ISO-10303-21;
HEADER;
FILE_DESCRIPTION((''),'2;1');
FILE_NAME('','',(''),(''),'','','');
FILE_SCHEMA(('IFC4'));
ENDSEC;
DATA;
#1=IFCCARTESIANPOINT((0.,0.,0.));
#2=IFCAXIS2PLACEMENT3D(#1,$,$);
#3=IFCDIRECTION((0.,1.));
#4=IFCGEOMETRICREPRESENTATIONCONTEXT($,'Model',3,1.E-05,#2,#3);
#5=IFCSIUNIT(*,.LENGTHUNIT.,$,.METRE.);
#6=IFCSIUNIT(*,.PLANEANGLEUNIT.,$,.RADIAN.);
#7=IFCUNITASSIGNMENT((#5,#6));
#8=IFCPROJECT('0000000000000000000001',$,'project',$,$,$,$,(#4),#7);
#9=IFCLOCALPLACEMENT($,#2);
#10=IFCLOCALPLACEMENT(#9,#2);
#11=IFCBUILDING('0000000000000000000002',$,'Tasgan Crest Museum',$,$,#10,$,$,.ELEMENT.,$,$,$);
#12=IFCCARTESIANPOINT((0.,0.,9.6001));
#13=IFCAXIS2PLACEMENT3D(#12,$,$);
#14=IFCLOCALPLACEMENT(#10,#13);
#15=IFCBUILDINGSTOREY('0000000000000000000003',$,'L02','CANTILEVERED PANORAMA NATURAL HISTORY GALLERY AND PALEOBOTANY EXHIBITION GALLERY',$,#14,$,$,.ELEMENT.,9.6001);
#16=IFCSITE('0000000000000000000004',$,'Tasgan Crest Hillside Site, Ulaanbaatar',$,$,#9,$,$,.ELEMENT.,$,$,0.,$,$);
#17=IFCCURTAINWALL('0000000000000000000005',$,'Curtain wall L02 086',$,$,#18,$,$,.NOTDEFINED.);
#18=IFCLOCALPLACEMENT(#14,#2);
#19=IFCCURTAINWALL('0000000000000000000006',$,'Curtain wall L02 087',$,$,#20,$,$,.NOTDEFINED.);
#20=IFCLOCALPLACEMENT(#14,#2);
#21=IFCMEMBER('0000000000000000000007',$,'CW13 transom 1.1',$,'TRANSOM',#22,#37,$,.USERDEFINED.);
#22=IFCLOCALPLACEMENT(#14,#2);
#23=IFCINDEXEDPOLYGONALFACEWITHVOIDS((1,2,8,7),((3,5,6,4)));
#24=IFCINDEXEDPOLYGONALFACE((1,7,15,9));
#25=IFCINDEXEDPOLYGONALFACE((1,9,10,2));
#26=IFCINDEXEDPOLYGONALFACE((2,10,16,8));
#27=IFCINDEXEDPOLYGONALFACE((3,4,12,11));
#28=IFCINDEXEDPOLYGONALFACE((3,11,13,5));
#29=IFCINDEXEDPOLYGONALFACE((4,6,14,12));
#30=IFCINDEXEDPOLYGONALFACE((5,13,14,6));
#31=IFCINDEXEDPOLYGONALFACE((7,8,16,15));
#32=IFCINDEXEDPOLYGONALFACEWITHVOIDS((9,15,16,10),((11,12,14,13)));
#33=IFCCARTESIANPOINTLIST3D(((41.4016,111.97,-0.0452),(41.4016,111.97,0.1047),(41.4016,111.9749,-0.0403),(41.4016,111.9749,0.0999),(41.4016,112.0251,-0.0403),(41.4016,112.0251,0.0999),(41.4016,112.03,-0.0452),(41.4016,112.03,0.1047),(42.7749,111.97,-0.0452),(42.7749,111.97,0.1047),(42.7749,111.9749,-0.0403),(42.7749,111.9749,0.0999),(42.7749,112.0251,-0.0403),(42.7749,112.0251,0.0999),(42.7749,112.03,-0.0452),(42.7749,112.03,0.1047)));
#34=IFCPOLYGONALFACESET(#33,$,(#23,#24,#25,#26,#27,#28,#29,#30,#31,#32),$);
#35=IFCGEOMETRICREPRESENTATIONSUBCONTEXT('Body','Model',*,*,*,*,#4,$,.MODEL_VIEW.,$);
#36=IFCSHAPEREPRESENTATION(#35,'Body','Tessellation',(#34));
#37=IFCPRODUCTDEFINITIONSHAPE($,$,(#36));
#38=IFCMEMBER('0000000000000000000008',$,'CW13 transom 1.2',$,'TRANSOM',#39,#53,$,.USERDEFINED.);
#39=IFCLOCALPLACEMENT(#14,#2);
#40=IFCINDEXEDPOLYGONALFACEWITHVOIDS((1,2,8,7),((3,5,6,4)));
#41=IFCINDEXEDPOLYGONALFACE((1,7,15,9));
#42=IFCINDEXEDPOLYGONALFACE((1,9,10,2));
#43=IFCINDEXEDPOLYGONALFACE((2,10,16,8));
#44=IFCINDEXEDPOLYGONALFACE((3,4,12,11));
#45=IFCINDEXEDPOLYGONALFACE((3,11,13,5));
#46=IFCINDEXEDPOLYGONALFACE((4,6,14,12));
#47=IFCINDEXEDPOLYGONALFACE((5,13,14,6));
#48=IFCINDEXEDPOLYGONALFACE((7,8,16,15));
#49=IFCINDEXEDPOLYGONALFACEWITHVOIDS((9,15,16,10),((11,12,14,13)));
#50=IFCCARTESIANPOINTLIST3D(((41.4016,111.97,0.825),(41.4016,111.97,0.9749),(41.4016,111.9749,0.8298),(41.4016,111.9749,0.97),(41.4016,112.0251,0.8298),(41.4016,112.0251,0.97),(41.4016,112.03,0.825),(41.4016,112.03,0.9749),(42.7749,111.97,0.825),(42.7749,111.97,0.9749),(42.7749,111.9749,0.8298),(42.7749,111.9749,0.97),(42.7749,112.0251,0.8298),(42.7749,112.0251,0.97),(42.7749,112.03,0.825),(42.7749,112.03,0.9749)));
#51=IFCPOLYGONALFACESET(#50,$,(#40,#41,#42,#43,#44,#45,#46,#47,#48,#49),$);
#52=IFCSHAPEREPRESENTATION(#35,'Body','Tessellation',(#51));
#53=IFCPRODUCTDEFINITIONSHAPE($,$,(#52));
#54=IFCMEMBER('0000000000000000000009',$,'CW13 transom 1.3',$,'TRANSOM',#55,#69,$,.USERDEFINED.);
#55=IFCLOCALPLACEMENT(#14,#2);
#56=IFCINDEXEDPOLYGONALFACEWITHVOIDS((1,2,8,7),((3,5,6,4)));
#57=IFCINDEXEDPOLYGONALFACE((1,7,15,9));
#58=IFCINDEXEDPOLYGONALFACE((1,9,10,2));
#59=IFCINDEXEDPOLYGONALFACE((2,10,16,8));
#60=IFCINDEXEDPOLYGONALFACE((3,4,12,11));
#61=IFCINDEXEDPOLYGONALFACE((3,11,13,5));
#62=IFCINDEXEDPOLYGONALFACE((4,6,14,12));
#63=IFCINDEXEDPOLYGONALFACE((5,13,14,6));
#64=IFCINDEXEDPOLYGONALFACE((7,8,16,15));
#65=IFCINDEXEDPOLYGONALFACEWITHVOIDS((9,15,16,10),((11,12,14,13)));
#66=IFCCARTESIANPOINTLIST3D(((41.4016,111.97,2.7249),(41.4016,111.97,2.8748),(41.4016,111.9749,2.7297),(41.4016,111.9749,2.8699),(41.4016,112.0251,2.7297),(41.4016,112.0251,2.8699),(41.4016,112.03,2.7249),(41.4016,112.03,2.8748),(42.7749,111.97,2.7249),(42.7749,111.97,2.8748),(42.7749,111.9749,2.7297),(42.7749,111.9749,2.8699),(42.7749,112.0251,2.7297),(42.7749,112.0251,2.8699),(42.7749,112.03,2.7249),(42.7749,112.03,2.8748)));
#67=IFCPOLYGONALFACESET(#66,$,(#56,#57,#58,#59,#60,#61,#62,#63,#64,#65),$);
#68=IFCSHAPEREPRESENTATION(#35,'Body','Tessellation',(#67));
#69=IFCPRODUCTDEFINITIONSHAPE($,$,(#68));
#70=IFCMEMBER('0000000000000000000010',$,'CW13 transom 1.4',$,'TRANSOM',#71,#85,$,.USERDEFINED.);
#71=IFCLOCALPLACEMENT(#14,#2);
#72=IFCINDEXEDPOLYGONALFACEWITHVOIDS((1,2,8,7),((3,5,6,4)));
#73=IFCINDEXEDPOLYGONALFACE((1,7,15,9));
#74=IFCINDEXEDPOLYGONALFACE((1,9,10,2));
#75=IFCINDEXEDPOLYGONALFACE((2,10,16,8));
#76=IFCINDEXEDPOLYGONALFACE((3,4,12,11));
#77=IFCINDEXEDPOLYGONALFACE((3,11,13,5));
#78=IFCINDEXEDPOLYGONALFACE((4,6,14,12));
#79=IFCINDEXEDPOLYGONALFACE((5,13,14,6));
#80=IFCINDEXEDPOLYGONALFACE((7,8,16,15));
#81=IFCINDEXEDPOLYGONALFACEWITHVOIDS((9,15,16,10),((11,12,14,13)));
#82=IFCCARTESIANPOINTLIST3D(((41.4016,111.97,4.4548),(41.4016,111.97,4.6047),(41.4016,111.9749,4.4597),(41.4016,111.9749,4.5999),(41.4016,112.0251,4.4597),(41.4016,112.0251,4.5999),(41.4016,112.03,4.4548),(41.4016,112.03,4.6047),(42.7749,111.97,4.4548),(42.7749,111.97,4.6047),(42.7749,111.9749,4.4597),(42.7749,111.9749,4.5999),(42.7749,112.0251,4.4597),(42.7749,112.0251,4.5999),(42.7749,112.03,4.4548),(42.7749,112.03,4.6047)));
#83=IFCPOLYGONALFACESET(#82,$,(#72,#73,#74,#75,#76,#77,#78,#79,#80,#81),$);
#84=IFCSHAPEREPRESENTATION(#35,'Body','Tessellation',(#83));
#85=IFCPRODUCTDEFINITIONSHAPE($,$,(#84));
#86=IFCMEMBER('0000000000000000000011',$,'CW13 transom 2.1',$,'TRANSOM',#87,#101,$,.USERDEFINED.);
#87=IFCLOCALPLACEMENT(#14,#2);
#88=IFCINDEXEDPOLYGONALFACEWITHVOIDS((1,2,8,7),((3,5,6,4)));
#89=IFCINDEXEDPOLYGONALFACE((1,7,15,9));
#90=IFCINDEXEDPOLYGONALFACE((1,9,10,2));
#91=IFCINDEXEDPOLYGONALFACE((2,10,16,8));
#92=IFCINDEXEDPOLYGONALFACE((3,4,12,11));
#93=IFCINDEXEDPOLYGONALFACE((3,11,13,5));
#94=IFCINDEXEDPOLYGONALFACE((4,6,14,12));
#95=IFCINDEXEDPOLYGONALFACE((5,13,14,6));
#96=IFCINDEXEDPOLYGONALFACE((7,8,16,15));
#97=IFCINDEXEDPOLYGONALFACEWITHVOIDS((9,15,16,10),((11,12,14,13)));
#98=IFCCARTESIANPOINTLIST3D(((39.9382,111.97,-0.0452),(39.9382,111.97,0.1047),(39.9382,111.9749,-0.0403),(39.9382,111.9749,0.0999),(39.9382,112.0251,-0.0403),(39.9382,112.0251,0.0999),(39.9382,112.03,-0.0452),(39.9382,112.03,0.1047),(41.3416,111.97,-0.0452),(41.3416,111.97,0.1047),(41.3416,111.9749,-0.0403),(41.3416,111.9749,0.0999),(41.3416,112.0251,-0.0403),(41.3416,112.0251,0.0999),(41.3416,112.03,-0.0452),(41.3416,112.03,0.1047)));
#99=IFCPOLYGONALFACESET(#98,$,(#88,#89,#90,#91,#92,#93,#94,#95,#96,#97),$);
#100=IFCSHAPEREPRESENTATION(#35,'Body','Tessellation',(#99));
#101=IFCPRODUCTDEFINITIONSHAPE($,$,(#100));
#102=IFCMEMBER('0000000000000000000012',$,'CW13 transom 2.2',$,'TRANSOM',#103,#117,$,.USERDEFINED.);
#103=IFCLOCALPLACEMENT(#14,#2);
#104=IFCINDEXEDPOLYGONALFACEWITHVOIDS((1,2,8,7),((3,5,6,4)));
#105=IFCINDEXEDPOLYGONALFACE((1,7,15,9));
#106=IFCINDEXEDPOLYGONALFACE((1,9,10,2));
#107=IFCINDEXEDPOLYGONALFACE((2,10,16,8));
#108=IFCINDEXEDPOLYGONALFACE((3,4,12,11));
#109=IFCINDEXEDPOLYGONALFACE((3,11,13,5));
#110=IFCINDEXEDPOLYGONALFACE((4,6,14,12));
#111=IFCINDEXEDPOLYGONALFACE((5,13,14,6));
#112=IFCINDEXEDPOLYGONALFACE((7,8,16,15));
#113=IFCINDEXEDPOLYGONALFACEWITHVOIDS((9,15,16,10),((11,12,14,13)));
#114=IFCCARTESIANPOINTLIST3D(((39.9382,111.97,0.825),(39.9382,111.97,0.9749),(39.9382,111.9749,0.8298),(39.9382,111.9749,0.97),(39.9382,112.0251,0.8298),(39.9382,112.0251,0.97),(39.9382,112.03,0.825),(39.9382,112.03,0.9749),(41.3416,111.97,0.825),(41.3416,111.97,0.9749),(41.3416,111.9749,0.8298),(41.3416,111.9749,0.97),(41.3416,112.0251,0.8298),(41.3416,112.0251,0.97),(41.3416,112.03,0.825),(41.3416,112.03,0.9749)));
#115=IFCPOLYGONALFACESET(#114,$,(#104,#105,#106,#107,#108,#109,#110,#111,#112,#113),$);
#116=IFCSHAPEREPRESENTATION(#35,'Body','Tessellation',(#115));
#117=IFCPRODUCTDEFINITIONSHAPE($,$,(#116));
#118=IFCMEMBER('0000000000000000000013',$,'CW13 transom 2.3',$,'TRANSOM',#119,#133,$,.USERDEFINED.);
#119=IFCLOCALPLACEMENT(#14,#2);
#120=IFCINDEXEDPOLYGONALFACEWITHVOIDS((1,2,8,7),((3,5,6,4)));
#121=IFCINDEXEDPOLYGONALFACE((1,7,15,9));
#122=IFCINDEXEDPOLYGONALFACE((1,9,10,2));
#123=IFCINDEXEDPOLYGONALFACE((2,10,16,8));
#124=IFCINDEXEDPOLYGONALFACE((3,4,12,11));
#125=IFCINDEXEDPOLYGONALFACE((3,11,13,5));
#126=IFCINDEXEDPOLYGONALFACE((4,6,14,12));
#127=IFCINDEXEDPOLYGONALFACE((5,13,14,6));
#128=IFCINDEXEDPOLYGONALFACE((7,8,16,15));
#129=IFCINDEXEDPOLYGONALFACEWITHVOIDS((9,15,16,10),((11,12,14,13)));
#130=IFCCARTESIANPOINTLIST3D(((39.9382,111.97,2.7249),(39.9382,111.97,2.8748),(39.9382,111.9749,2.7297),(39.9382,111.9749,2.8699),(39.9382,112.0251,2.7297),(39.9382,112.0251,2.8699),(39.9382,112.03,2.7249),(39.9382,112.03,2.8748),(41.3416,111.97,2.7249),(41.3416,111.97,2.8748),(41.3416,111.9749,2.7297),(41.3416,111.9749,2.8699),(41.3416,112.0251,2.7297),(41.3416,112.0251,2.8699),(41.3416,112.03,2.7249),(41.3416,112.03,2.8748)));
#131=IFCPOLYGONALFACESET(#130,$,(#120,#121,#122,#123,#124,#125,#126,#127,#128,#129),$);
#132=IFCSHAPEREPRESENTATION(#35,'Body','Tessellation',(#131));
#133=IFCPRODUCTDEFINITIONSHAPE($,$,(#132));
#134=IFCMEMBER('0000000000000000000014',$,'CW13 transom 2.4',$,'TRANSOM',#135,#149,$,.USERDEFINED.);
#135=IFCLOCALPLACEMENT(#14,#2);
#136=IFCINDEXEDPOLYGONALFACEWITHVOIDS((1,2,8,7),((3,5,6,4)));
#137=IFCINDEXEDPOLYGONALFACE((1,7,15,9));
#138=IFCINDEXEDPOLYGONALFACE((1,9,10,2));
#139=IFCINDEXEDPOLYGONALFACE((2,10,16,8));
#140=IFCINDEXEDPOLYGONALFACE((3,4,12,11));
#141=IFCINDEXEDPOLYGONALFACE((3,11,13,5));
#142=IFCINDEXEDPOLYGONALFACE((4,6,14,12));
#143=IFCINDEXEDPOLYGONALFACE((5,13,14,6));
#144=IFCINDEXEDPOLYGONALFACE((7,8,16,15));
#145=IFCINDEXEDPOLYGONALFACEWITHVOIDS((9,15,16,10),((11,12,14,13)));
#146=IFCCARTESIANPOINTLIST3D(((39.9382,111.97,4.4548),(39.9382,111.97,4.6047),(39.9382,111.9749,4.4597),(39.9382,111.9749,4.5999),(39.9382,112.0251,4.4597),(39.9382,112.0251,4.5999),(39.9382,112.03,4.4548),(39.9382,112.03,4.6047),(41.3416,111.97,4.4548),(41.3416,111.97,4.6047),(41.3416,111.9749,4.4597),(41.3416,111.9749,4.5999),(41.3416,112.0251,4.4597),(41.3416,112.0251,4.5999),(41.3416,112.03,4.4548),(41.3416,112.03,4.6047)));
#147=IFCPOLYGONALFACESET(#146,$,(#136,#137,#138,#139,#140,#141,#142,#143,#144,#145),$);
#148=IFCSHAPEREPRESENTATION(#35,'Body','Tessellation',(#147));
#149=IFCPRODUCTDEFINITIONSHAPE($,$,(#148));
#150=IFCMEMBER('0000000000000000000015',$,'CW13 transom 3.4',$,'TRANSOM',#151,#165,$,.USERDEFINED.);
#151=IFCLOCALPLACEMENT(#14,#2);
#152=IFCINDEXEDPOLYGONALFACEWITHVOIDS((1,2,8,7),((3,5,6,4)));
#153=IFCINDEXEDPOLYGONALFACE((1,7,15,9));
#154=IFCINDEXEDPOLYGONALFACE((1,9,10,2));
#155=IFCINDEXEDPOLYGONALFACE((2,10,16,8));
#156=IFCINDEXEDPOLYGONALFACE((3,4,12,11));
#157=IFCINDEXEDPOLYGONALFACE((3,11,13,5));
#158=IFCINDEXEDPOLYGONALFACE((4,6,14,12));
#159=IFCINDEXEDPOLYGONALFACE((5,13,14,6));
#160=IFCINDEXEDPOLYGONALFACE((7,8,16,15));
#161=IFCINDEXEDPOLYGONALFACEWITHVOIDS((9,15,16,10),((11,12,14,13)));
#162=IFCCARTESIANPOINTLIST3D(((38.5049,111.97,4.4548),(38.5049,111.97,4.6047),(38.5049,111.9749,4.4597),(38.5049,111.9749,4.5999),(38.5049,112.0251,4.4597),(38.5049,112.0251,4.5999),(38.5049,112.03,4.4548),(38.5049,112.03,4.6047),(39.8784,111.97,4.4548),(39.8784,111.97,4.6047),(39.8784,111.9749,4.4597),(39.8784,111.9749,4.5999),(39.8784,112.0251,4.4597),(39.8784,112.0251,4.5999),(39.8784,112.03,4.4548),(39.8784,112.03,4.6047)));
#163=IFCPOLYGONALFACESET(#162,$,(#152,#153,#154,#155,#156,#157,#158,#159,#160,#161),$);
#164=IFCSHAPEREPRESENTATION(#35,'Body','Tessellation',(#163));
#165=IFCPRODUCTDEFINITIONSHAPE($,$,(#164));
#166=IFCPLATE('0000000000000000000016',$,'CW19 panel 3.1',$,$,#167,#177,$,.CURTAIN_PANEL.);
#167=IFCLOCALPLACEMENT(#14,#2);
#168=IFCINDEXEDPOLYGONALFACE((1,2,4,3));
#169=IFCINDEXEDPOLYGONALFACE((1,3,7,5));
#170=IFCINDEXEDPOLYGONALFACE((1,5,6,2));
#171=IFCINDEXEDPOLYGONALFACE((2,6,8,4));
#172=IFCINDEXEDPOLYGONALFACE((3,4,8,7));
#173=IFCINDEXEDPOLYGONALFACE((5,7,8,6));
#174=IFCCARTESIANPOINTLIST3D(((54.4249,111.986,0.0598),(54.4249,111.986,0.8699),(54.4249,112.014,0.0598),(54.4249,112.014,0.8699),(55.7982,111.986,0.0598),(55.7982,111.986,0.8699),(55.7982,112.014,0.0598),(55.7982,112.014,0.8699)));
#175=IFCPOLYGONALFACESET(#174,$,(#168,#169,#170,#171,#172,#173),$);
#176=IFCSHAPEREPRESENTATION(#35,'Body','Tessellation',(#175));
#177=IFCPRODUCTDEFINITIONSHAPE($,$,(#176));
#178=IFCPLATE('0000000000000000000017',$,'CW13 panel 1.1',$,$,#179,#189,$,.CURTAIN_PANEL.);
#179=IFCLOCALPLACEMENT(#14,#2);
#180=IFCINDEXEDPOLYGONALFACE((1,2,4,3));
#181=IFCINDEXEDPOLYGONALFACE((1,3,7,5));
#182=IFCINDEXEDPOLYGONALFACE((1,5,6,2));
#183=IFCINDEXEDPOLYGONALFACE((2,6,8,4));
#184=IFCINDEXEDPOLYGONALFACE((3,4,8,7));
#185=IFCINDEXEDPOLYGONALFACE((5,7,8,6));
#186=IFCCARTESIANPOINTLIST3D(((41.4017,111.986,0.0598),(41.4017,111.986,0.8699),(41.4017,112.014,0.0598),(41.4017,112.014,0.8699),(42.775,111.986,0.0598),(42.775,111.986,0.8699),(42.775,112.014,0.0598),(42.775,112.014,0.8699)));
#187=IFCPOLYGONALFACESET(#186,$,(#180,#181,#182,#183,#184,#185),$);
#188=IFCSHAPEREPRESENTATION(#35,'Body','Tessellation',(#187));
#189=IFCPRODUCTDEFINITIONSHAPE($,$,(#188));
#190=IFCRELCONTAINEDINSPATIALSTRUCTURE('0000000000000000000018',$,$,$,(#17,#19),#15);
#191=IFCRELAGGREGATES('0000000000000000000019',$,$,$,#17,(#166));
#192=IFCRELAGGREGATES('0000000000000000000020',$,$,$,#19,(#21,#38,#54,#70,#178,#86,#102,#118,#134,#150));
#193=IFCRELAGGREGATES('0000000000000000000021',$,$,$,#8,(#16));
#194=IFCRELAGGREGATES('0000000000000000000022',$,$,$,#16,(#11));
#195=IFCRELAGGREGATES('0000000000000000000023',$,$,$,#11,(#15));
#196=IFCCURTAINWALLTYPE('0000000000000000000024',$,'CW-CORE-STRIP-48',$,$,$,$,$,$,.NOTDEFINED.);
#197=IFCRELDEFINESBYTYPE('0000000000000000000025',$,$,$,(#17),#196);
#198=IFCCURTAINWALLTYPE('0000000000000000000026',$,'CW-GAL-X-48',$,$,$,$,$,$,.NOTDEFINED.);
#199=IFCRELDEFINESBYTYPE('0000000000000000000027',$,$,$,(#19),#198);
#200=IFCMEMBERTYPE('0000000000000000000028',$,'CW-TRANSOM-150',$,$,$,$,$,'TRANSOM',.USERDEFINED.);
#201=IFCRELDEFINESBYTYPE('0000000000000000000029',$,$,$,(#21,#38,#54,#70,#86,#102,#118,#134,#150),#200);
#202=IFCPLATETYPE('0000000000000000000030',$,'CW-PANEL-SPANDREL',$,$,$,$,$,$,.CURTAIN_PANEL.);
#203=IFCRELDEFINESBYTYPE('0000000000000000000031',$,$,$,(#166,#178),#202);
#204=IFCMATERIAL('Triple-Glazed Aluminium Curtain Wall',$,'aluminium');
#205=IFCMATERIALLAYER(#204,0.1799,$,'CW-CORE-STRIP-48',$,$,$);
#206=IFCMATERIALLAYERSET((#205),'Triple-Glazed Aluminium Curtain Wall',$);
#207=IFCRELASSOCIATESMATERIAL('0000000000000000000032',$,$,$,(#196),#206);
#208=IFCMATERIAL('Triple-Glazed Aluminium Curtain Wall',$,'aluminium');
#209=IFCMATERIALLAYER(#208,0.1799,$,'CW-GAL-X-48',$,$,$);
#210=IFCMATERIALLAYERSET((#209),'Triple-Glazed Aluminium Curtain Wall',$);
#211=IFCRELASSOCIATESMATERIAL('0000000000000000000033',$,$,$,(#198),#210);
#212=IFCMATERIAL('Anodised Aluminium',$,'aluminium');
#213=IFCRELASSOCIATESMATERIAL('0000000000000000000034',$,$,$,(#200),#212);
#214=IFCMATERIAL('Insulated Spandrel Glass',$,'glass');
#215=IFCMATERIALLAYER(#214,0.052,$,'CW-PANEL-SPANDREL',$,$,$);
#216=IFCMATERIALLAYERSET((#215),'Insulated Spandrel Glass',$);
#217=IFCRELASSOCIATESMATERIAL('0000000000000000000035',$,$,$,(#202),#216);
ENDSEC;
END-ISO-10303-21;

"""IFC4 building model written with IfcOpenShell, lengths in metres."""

from ifc_helpers import new_model, si_unit, direction, frame, origin, origin_2d, place, context, subcontext, project, spatial, rectangle, hollow_rectangle, extrude, material, layer, layer_set, material_profile, profile_set, type_object, element, aggregate, save


model = new_model("IFC4")

# Units and contexts
model_context = context("Model", 3, precision=1e-05, world=origin(), true_north=direction((0.0, 1.0)))
body_context = subcontext(model_context, "Body", "Model", "MODEL_VIEW")
ifc_project = project(units=[si_unit("LENGTHUNIT", "METRE"), si_unit("PLANEANGLEUNIT", "RADIAN")], contexts=[model_context])

# Site, building, storey
site_placement = place(None, origin())
site = spatial("IfcSite", under=ifc_project, at=site_placement, Name="Tasgan Crest Hillside Site, Ulaanbaatar", CompositionType="ELEMENT", RefElevation=0.0)
building_placement = place(site_placement, origin())
building = spatial("IfcBuilding", under=site, at=building_placement, Name="Tasgan Crest Museum", CompositionType="ELEMENT")
storey_placement = place(building_placement, frame((0.0, 0.0, 9.6001)))
storey = spatial("IfcBuildingStorey", under=building, at=storey_placement, Name="L02", Description="CANTILEVERED PANORAMA NATURAL HISTORY GALLERY AND PALEOBOTANY EXHIBITION GALLERY", CompositionType="ELEMENT", Elevation=9.6001)

# Curtain wall
ifc_material_1 = material(Name="Triple-Glazed Aluminium Curtain Wall", Category="aluminium")
ifc_layer_1 = layer(ifc_material_1, 0.1799, Name="CW-CORE-STRIP-48")
ifc_layer_set_1 = layer_set([ifc_layer_1], Name="Triple-Glazed Aluminium Curtain Wall")
curtain_wall_type_1 = type_object("IfcCurtainWallType", Name="CW-CORE-STRIP-48", PredefinedType="NOTDEFINED", material=ifc_layer_set_1)
curtain_wall_1_placement = place(storey_placement, origin())
curtain_wall_1 = element("IfcCurtainWall", 1, at=curtain_wall_1_placement, inside=storey, type_object=curtain_wall_type_1, Name="Curtain wall L02 086", PredefinedType="NOTDEFINED")

# Curtain wall
ifc_material_2 = material(Name="Triple-Glazed Aluminium Curtain Wall", Category="aluminium")
ifc_layer_2 = layer(ifc_material_2, 0.1799, Name="CW-GAL-X-48")
ifc_layer_set_2 = layer_set([ifc_layer_2], Name="Triple-Glazed Aluminium Curtain Wall")
curtain_wall_type_2 = type_object("IfcCurtainWallType", Name="CW-GAL-X-48", PredefinedType="NOTDEFINED", material=ifc_layer_set_2)
curtain_wall_2_placement = place(storey_placement, origin())
curtain_wall_2 = element("IfcCurtainWall", 2, at=curtain_wall_2_placement, inside=storey, type_object=curtain_wall_type_2, Name="Curtain wall L02 087", PredefinedType="NOTDEFINED")

# Members
ifc_material_3 = material(Name="Anodised Aluminium", Category="aluminium")
ifc_material_profile_1 = material_profile(ifc_material_3, hollow_rectangle(XDim=0.0601, YDim=0.1499, WallThickness=0.0049, at=origin_2d()), Name="ALU TRANSOM 150x60x5")
ifc_profile_set_1 = profile_set([ifc_material_profile_1], Name="Anodised Aluminium")
member_type_1 = type_object("IfcMemberType", Name="CW-TRANSOM-150", ElementType="TRANSOM", PredefinedType="USERDEFINED", material=ifc_profile_set_1)
member_1_placement = place(storey_placement, frame((42.7749, 112.0, 0.0298), z_axis=(-1.0, 0.0, 0.0), x_axis=(0.0, -1.0, 0.0)))
member_1 = element("IfcMember", 3, at=member_1_placement, type_object=member_type_1, Name="CW13 transom 1.1", ObjectType="TRANSOM", PredefinedType="USERDEFINED", context=body_context, shape_type="SweptSolid", body=[
    extrude(hollow_rectangle(XDim=0.0601, YDim=0.1499, WallThickness=0.0049, at=origin_2d()), origin(), (0.0, 0.0, 1.0), 1.3733),
])
member_2_placement = place(storey_placement, frame((42.7749, 112.0, 0.8999), z_axis=(-1.0, 0.0, 0.0), x_axis=(0.0, -1.0, 0.0)))
member_2 = element("IfcMember", 4, at=member_2_placement, type_object=member_type_1, Name="CW13 transom 1.2", ObjectType="TRANSOM", PredefinedType="USERDEFINED", context=body_context, shape_type="SweptSolid", body=[
    extrude(hollow_rectangle(XDim=0.0601, YDim=0.1499, WallThickness=0.0049, at=origin_2d()), origin(), (0.0, 0.0, 1.0), 1.3733),
])
member_3_placement = place(storey_placement, frame((42.7749, 112.0, 2.7998), z_axis=(-1.0, 0.0, 0.0), x_axis=(0.0, -1.0, 0.0)))
member_3 = element("IfcMember", 5, at=member_3_placement, type_object=member_type_1, Name="CW13 transom 1.3", ObjectType="TRANSOM", PredefinedType="USERDEFINED", context=body_context, shape_type="SweptSolid", body=[
    extrude(hollow_rectangle(XDim=0.0601, YDim=0.1499, WallThickness=0.0049, at=origin_2d()), origin(), (0.0, 0.0, 1.0), 1.3733),
])
member_4_placement = place(storey_placement, frame((42.7749, 112.0, 4.5298), z_axis=(-1.0, 0.0, 0.0), x_axis=(0.0, -1.0, 0.0)))
member_4 = element("IfcMember", 6, at=member_4_placement, type_object=member_type_1, Name="CW13 transom 1.4", ObjectType="TRANSOM", PredefinedType="USERDEFINED", context=body_context, shape_type="SweptSolid", body=[
    extrude(hollow_rectangle(XDim=0.0601, YDim=0.1499, WallThickness=0.0049, at=origin_2d()), origin(), (0.0, 0.0, 1.0), 1.3733),
])
member_5_placement = place(storey_placement, frame((41.3416, 112.0, 0.0298), z_axis=(-1.0, 0.0, 0.0), x_axis=(0.0, -1.0, 0.0)))
member_5 = element("IfcMember", 7, at=member_5_placement, type_object=member_type_1, Name="CW13 transom 2.1", ObjectType="TRANSOM", PredefinedType="USERDEFINED", context=body_context, shape_type="SweptSolid", body=[
    extrude(hollow_rectangle(XDim=0.0601, YDim=0.1499, WallThickness=0.0049, at=origin_2d()), origin(), (0.0, 0.0, 1.0), 1.4033),
])
member_6_placement = place(storey_placement, frame((41.3416, 112.0, 0.8999), z_axis=(-1.0, 0.0, 0.0), x_axis=(0.0, -1.0, 0.0)))
member_6 = element("IfcMember", 8, at=member_6_placement, type_object=member_type_1, Name="CW13 transom 2.2", ObjectType="TRANSOM", PredefinedType="USERDEFINED", context=body_context, shape_type="SweptSolid", body=[
    extrude(hollow_rectangle(XDim=0.0601, YDim=0.1499, WallThickness=0.0049, at=origin_2d()), origin(), (0.0, 0.0, 1.0), 1.4033),
])
member_7_placement = place(storey_placement, frame((41.3416, 112.0, 2.7998), z_axis=(-1.0, 0.0, 0.0), x_axis=(0.0, -1.0, 0.0)))
member_7 = element("IfcMember", 9, at=member_7_placement, type_object=member_type_1, Name="CW13 transom 2.3", ObjectType="TRANSOM", PredefinedType="USERDEFINED", context=body_context, shape_type="SweptSolid", body=[
    extrude(hollow_rectangle(XDim=0.0601, YDim=0.1499, WallThickness=0.0049, at=origin_2d()), origin(), (0.0, 0.0, 1.0), 1.4033),
])
member_8_placement = place(storey_placement, frame((41.3416, 112.0, 4.5298), z_axis=(-1.0, 0.0, 0.0), x_axis=(0.0, -1.0, 0.0)))
member_8 = element("IfcMember", 10, at=member_8_placement, type_object=member_type_1, Name="CW13 transom 2.4", ObjectType="TRANSOM", PredefinedType="USERDEFINED", context=body_context, shape_type="SweptSolid", body=[
    extrude(hollow_rectangle(XDim=0.0601, YDim=0.1499, WallThickness=0.0049, at=origin_2d()), origin(), (0.0, 0.0, 1.0), 1.4033),
])
member_9_placement = place(storey_placement, frame((39.8784, 112.0, 4.5298), z_axis=(-1.0, 0.0, 0.0), x_axis=(0.0, -1.0, 0.0)))
member_9 = element("IfcMember", 11, at=member_9_placement, type_object=member_type_1, Name="CW13 transom 3.4", ObjectType="TRANSOM", PredefinedType="USERDEFINED", context=body_context, shape_type="SweptSolid", body=[
    extrude(hollow_rectangle(XDim=0.0601, YDim=0.1499, WallThickness=0.0049, at=origin_2d()), origin(), (0.0, 0.0, 1.0), 1.3735),
])

# Plates
ifc_material_4 = material(Name="Insulated Spandrel Glass", Category="glass")
ifc_layer_3 = layer(ifc_material_4, 0.052, Name="CW-PANEL-SPANDREL")
ifc_layer_set_3 = layer_set([ifc_layer_3], Name="Insulated Spandrel Glass")
plate_type_1 = type_object("IfcPlateType", Name="CW-PANEL-SPANDREL", PredefinedType="CURTAIN_PANEL", material=ifc_layer_set_3)
plate_1_placement = place(storey_placement, frame((55.1116, 112.0, 0.0598), z_axis=(0.0, 0.0, 1.0), x_axis=(-1.0, 0.0, 0.0)))
plate_1 = element("IfcPlate", 12, at=plate_1_placement, type_object=plate_type_1, Name="CW19 panel 3.1", PredefinedType="CURTAIN_PANEL", context=body_context, shape_type="SweptSolid", body=[
    extrude(rectangle(XDim=1.3733, YDim=0.0281, at=origin_2d()), origin(), (0.0, 0.0, 1.0), 0.8101),
])
plate_2_placement = place(storey_placement, frame((42.0884, 112.0, 0.0598), z_axis=(0.0, 0.0, 1.0), x_axis=(-1.0, 0.0, 0.0)))
plate_2 = element("IfcPlate", 13, at=plate_2_placement, type_object=plate_type_1, Name="CW13 panel 1.1", PredefinedType="CURTAIN_PANEL", context=body_context, shape_type="SweptSolid", body=[
    extrude(rectangle(XDim=1.3733, YDim=0.0281, at=origin_2d()), origin(), (0.0, 0.0, 1.0), 0.8101),
])
aggregate(curtain_wall_1, [plate_1])
aggregate(curtain_wall_2, [member_1, member_2, member_3, member_4, plate_2, member_5, member_6, member_7, member_8, member_9])

save(model, "model.ifc")
